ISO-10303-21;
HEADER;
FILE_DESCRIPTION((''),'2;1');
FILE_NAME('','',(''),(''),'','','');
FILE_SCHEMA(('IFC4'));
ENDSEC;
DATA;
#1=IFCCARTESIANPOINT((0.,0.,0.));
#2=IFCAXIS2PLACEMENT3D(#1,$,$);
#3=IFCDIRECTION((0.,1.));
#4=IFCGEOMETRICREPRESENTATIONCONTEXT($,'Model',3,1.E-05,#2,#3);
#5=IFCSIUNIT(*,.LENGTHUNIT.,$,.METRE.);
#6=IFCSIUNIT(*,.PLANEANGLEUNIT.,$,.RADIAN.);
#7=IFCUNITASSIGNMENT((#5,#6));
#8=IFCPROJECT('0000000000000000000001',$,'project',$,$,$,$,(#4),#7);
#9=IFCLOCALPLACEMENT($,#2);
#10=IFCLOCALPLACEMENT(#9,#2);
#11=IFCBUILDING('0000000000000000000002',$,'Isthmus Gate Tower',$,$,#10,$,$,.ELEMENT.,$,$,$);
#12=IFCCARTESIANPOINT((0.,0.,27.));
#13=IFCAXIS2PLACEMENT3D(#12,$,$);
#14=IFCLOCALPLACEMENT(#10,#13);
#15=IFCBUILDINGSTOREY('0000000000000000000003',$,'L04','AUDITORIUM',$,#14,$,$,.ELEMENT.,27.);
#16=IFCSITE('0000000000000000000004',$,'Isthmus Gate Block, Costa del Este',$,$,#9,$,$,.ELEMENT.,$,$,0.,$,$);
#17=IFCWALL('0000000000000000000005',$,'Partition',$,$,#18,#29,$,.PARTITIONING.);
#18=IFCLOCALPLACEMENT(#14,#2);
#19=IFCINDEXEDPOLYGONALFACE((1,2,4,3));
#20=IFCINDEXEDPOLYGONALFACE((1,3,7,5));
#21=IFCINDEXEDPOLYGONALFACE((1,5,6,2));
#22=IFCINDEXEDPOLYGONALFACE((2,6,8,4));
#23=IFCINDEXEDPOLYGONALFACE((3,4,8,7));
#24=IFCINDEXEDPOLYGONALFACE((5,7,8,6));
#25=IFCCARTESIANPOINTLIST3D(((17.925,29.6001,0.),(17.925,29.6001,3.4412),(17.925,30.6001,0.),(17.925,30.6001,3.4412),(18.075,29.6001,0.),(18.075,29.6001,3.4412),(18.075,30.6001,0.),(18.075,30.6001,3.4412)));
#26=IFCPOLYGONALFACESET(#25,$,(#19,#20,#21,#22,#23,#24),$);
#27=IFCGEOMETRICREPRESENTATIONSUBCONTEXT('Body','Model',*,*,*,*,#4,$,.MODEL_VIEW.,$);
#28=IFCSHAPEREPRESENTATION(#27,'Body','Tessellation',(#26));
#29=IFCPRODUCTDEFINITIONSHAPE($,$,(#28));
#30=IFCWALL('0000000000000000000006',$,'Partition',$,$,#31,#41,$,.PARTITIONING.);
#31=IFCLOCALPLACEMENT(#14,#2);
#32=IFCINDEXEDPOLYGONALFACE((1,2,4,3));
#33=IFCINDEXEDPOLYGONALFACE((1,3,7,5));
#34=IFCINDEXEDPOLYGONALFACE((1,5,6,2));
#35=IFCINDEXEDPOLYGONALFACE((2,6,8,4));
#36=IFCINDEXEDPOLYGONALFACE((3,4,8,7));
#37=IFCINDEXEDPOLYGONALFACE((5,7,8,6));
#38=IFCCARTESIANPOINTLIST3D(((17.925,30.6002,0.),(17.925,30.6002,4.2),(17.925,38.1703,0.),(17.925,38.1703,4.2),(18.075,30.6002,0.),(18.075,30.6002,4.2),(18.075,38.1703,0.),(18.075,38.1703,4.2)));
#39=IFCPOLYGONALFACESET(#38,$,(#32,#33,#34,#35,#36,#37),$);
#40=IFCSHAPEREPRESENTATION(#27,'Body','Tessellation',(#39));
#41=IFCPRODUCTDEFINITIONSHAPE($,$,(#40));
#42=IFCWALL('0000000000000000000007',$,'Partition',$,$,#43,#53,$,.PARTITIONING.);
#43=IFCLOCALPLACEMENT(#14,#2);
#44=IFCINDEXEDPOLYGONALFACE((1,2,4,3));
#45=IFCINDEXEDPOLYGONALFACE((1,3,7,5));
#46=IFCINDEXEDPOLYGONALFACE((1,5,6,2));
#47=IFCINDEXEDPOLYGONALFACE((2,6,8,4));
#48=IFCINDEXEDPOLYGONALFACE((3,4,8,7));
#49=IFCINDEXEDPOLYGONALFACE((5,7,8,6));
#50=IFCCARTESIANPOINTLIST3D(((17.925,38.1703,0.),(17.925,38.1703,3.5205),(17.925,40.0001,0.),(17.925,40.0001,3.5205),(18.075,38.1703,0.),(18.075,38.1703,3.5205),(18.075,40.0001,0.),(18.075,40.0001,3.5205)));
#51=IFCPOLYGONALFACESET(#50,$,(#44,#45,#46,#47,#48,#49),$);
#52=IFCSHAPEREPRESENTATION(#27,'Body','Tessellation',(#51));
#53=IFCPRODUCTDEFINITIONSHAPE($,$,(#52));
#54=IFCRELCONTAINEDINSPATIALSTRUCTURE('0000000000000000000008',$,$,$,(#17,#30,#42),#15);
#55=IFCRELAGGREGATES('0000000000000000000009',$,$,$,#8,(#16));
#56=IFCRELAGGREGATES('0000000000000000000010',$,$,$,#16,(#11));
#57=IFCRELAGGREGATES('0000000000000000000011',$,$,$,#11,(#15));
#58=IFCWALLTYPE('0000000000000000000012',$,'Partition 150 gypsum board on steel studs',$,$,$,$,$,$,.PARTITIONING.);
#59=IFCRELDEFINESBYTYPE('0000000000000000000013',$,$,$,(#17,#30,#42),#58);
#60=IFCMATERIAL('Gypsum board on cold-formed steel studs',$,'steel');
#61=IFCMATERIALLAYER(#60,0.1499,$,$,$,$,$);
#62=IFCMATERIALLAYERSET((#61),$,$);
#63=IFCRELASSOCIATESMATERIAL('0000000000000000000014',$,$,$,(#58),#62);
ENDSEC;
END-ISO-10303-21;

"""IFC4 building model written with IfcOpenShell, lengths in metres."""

from ifc_helpers import new_model, si_unit, direction, frame, frame_2d, origin, place, context, subcontext, project, spatial, rectangle, extrude, material, layer, layer_set, type_object, element, save


model = new_model("IFC4")

# Units and contexts
model_context = context("Model", 3, precision=1e-05, world=origin(), true_north=direction((0.0, 1.0)))
body_context = subcontext(model_context, "Body", "Model", "MODEL_VIEW")
ifc_project = project(units=[si_unit("LENGTHUNIT", "METRE"), si_unit("PLANEANGLEUNIT", "RADIAN")], contexts=[model_context])

# Site, building, storey
site_placement = place(None, origin())
site = spatial("IfcSite", under=ifc_project, at=site_placement, Name="Isthmus Gate Block, Costa del Este", CompositionType="ELEMENT", RefElevation=0.0)
building_placement = place(site_placement, origin())
building = spatial("IfcBuilding", under=site, at=building_placement, Name="Isthmus Gate Tower", CompositionType="ELEMENT")
storey_placement = place(building_placement, frame((0.0, 0.0, 27.0)))
storey = spatial("IfcBuildingStorey", under=building, at=storey_placement, Name="L04", Description="AUDITORIUM", CompositionType="ELEMENT", Elevation=27.0)

# Walls
ifc_material_1 = material(Name="Gypsum board on cold-formed steel studs", Category="steel")
ifc_layer_1 = layer(ifc_material_1, 0.1499)
ifc_layer_set_1 = layer_set([ifc_layer_1])
wall_type_1 = type_object("IfcWallType", Name="Partition 150 gypsum board on steel studs", PredefinedType="PARTITIONING", material=ifc_layer_set_1)
wall_1_placement = place(storey_placement, frame((18.0, 29.6001, 0.0), z_axis=(0.0, 0.0, 1.0), x_axis=(0.0, 1.0, 0.0)))
element("IfcWall", 1, at=wall_1_placement, inside=storey, type_object=wall_type_1, Name="Partition", PredefinedType="PARTITIONING", context=body_context, shape_type="SweptSolid", body=[
    extrude(rectangle(XDim=1.0, YDim=0.1499, at=frame_2d((0.5, 0.0))), origin(), (0.0, 0.0, 1.0), 3.4412),
])
wall_2_placement = place(storey_placement, frame((18.0, 30.6001, 0.0), z_axis=(0.0, 0.0, 1.0), x_axis=(0.0, 1.0, 0.0)))
element("IfcWall", 2, at=wall_2_placement, inside=storey, type_object=wall_type_1, Name="Partition", PredefinedType="PARTITIONING", context=body_context, shape_type="SweptSolid", body=[
    extrude(rectangle(XDim=7.5701, YDim=0.1499, at=frame_2d((3.7852, 0.0))), origin(), (0.0, 0.0, 1.0), 4.2),
])
wall_3_placement = place(storey_placement, frame((18.0, 38.1702, 0.0), z_axis=(0.0, 0.0, 1.0), x_axis=(0.0, 1.0, 0.0)))
element("IfcWall", 3, at=wall_3_placement, inside=storey, type_object=wall_type_1, Name="Partition", PredefinedType="PARTITIONING", context=body_context, shape_type="SweptSolid", body=[
    extrude(rectangle(XDim=1.8298, YDim=0.1499, at=frame_2d((0.915, 0.0))), origin(), (0.0, 0.0, 1.0), 3.5205),
])

save(model, "model.ifc")
